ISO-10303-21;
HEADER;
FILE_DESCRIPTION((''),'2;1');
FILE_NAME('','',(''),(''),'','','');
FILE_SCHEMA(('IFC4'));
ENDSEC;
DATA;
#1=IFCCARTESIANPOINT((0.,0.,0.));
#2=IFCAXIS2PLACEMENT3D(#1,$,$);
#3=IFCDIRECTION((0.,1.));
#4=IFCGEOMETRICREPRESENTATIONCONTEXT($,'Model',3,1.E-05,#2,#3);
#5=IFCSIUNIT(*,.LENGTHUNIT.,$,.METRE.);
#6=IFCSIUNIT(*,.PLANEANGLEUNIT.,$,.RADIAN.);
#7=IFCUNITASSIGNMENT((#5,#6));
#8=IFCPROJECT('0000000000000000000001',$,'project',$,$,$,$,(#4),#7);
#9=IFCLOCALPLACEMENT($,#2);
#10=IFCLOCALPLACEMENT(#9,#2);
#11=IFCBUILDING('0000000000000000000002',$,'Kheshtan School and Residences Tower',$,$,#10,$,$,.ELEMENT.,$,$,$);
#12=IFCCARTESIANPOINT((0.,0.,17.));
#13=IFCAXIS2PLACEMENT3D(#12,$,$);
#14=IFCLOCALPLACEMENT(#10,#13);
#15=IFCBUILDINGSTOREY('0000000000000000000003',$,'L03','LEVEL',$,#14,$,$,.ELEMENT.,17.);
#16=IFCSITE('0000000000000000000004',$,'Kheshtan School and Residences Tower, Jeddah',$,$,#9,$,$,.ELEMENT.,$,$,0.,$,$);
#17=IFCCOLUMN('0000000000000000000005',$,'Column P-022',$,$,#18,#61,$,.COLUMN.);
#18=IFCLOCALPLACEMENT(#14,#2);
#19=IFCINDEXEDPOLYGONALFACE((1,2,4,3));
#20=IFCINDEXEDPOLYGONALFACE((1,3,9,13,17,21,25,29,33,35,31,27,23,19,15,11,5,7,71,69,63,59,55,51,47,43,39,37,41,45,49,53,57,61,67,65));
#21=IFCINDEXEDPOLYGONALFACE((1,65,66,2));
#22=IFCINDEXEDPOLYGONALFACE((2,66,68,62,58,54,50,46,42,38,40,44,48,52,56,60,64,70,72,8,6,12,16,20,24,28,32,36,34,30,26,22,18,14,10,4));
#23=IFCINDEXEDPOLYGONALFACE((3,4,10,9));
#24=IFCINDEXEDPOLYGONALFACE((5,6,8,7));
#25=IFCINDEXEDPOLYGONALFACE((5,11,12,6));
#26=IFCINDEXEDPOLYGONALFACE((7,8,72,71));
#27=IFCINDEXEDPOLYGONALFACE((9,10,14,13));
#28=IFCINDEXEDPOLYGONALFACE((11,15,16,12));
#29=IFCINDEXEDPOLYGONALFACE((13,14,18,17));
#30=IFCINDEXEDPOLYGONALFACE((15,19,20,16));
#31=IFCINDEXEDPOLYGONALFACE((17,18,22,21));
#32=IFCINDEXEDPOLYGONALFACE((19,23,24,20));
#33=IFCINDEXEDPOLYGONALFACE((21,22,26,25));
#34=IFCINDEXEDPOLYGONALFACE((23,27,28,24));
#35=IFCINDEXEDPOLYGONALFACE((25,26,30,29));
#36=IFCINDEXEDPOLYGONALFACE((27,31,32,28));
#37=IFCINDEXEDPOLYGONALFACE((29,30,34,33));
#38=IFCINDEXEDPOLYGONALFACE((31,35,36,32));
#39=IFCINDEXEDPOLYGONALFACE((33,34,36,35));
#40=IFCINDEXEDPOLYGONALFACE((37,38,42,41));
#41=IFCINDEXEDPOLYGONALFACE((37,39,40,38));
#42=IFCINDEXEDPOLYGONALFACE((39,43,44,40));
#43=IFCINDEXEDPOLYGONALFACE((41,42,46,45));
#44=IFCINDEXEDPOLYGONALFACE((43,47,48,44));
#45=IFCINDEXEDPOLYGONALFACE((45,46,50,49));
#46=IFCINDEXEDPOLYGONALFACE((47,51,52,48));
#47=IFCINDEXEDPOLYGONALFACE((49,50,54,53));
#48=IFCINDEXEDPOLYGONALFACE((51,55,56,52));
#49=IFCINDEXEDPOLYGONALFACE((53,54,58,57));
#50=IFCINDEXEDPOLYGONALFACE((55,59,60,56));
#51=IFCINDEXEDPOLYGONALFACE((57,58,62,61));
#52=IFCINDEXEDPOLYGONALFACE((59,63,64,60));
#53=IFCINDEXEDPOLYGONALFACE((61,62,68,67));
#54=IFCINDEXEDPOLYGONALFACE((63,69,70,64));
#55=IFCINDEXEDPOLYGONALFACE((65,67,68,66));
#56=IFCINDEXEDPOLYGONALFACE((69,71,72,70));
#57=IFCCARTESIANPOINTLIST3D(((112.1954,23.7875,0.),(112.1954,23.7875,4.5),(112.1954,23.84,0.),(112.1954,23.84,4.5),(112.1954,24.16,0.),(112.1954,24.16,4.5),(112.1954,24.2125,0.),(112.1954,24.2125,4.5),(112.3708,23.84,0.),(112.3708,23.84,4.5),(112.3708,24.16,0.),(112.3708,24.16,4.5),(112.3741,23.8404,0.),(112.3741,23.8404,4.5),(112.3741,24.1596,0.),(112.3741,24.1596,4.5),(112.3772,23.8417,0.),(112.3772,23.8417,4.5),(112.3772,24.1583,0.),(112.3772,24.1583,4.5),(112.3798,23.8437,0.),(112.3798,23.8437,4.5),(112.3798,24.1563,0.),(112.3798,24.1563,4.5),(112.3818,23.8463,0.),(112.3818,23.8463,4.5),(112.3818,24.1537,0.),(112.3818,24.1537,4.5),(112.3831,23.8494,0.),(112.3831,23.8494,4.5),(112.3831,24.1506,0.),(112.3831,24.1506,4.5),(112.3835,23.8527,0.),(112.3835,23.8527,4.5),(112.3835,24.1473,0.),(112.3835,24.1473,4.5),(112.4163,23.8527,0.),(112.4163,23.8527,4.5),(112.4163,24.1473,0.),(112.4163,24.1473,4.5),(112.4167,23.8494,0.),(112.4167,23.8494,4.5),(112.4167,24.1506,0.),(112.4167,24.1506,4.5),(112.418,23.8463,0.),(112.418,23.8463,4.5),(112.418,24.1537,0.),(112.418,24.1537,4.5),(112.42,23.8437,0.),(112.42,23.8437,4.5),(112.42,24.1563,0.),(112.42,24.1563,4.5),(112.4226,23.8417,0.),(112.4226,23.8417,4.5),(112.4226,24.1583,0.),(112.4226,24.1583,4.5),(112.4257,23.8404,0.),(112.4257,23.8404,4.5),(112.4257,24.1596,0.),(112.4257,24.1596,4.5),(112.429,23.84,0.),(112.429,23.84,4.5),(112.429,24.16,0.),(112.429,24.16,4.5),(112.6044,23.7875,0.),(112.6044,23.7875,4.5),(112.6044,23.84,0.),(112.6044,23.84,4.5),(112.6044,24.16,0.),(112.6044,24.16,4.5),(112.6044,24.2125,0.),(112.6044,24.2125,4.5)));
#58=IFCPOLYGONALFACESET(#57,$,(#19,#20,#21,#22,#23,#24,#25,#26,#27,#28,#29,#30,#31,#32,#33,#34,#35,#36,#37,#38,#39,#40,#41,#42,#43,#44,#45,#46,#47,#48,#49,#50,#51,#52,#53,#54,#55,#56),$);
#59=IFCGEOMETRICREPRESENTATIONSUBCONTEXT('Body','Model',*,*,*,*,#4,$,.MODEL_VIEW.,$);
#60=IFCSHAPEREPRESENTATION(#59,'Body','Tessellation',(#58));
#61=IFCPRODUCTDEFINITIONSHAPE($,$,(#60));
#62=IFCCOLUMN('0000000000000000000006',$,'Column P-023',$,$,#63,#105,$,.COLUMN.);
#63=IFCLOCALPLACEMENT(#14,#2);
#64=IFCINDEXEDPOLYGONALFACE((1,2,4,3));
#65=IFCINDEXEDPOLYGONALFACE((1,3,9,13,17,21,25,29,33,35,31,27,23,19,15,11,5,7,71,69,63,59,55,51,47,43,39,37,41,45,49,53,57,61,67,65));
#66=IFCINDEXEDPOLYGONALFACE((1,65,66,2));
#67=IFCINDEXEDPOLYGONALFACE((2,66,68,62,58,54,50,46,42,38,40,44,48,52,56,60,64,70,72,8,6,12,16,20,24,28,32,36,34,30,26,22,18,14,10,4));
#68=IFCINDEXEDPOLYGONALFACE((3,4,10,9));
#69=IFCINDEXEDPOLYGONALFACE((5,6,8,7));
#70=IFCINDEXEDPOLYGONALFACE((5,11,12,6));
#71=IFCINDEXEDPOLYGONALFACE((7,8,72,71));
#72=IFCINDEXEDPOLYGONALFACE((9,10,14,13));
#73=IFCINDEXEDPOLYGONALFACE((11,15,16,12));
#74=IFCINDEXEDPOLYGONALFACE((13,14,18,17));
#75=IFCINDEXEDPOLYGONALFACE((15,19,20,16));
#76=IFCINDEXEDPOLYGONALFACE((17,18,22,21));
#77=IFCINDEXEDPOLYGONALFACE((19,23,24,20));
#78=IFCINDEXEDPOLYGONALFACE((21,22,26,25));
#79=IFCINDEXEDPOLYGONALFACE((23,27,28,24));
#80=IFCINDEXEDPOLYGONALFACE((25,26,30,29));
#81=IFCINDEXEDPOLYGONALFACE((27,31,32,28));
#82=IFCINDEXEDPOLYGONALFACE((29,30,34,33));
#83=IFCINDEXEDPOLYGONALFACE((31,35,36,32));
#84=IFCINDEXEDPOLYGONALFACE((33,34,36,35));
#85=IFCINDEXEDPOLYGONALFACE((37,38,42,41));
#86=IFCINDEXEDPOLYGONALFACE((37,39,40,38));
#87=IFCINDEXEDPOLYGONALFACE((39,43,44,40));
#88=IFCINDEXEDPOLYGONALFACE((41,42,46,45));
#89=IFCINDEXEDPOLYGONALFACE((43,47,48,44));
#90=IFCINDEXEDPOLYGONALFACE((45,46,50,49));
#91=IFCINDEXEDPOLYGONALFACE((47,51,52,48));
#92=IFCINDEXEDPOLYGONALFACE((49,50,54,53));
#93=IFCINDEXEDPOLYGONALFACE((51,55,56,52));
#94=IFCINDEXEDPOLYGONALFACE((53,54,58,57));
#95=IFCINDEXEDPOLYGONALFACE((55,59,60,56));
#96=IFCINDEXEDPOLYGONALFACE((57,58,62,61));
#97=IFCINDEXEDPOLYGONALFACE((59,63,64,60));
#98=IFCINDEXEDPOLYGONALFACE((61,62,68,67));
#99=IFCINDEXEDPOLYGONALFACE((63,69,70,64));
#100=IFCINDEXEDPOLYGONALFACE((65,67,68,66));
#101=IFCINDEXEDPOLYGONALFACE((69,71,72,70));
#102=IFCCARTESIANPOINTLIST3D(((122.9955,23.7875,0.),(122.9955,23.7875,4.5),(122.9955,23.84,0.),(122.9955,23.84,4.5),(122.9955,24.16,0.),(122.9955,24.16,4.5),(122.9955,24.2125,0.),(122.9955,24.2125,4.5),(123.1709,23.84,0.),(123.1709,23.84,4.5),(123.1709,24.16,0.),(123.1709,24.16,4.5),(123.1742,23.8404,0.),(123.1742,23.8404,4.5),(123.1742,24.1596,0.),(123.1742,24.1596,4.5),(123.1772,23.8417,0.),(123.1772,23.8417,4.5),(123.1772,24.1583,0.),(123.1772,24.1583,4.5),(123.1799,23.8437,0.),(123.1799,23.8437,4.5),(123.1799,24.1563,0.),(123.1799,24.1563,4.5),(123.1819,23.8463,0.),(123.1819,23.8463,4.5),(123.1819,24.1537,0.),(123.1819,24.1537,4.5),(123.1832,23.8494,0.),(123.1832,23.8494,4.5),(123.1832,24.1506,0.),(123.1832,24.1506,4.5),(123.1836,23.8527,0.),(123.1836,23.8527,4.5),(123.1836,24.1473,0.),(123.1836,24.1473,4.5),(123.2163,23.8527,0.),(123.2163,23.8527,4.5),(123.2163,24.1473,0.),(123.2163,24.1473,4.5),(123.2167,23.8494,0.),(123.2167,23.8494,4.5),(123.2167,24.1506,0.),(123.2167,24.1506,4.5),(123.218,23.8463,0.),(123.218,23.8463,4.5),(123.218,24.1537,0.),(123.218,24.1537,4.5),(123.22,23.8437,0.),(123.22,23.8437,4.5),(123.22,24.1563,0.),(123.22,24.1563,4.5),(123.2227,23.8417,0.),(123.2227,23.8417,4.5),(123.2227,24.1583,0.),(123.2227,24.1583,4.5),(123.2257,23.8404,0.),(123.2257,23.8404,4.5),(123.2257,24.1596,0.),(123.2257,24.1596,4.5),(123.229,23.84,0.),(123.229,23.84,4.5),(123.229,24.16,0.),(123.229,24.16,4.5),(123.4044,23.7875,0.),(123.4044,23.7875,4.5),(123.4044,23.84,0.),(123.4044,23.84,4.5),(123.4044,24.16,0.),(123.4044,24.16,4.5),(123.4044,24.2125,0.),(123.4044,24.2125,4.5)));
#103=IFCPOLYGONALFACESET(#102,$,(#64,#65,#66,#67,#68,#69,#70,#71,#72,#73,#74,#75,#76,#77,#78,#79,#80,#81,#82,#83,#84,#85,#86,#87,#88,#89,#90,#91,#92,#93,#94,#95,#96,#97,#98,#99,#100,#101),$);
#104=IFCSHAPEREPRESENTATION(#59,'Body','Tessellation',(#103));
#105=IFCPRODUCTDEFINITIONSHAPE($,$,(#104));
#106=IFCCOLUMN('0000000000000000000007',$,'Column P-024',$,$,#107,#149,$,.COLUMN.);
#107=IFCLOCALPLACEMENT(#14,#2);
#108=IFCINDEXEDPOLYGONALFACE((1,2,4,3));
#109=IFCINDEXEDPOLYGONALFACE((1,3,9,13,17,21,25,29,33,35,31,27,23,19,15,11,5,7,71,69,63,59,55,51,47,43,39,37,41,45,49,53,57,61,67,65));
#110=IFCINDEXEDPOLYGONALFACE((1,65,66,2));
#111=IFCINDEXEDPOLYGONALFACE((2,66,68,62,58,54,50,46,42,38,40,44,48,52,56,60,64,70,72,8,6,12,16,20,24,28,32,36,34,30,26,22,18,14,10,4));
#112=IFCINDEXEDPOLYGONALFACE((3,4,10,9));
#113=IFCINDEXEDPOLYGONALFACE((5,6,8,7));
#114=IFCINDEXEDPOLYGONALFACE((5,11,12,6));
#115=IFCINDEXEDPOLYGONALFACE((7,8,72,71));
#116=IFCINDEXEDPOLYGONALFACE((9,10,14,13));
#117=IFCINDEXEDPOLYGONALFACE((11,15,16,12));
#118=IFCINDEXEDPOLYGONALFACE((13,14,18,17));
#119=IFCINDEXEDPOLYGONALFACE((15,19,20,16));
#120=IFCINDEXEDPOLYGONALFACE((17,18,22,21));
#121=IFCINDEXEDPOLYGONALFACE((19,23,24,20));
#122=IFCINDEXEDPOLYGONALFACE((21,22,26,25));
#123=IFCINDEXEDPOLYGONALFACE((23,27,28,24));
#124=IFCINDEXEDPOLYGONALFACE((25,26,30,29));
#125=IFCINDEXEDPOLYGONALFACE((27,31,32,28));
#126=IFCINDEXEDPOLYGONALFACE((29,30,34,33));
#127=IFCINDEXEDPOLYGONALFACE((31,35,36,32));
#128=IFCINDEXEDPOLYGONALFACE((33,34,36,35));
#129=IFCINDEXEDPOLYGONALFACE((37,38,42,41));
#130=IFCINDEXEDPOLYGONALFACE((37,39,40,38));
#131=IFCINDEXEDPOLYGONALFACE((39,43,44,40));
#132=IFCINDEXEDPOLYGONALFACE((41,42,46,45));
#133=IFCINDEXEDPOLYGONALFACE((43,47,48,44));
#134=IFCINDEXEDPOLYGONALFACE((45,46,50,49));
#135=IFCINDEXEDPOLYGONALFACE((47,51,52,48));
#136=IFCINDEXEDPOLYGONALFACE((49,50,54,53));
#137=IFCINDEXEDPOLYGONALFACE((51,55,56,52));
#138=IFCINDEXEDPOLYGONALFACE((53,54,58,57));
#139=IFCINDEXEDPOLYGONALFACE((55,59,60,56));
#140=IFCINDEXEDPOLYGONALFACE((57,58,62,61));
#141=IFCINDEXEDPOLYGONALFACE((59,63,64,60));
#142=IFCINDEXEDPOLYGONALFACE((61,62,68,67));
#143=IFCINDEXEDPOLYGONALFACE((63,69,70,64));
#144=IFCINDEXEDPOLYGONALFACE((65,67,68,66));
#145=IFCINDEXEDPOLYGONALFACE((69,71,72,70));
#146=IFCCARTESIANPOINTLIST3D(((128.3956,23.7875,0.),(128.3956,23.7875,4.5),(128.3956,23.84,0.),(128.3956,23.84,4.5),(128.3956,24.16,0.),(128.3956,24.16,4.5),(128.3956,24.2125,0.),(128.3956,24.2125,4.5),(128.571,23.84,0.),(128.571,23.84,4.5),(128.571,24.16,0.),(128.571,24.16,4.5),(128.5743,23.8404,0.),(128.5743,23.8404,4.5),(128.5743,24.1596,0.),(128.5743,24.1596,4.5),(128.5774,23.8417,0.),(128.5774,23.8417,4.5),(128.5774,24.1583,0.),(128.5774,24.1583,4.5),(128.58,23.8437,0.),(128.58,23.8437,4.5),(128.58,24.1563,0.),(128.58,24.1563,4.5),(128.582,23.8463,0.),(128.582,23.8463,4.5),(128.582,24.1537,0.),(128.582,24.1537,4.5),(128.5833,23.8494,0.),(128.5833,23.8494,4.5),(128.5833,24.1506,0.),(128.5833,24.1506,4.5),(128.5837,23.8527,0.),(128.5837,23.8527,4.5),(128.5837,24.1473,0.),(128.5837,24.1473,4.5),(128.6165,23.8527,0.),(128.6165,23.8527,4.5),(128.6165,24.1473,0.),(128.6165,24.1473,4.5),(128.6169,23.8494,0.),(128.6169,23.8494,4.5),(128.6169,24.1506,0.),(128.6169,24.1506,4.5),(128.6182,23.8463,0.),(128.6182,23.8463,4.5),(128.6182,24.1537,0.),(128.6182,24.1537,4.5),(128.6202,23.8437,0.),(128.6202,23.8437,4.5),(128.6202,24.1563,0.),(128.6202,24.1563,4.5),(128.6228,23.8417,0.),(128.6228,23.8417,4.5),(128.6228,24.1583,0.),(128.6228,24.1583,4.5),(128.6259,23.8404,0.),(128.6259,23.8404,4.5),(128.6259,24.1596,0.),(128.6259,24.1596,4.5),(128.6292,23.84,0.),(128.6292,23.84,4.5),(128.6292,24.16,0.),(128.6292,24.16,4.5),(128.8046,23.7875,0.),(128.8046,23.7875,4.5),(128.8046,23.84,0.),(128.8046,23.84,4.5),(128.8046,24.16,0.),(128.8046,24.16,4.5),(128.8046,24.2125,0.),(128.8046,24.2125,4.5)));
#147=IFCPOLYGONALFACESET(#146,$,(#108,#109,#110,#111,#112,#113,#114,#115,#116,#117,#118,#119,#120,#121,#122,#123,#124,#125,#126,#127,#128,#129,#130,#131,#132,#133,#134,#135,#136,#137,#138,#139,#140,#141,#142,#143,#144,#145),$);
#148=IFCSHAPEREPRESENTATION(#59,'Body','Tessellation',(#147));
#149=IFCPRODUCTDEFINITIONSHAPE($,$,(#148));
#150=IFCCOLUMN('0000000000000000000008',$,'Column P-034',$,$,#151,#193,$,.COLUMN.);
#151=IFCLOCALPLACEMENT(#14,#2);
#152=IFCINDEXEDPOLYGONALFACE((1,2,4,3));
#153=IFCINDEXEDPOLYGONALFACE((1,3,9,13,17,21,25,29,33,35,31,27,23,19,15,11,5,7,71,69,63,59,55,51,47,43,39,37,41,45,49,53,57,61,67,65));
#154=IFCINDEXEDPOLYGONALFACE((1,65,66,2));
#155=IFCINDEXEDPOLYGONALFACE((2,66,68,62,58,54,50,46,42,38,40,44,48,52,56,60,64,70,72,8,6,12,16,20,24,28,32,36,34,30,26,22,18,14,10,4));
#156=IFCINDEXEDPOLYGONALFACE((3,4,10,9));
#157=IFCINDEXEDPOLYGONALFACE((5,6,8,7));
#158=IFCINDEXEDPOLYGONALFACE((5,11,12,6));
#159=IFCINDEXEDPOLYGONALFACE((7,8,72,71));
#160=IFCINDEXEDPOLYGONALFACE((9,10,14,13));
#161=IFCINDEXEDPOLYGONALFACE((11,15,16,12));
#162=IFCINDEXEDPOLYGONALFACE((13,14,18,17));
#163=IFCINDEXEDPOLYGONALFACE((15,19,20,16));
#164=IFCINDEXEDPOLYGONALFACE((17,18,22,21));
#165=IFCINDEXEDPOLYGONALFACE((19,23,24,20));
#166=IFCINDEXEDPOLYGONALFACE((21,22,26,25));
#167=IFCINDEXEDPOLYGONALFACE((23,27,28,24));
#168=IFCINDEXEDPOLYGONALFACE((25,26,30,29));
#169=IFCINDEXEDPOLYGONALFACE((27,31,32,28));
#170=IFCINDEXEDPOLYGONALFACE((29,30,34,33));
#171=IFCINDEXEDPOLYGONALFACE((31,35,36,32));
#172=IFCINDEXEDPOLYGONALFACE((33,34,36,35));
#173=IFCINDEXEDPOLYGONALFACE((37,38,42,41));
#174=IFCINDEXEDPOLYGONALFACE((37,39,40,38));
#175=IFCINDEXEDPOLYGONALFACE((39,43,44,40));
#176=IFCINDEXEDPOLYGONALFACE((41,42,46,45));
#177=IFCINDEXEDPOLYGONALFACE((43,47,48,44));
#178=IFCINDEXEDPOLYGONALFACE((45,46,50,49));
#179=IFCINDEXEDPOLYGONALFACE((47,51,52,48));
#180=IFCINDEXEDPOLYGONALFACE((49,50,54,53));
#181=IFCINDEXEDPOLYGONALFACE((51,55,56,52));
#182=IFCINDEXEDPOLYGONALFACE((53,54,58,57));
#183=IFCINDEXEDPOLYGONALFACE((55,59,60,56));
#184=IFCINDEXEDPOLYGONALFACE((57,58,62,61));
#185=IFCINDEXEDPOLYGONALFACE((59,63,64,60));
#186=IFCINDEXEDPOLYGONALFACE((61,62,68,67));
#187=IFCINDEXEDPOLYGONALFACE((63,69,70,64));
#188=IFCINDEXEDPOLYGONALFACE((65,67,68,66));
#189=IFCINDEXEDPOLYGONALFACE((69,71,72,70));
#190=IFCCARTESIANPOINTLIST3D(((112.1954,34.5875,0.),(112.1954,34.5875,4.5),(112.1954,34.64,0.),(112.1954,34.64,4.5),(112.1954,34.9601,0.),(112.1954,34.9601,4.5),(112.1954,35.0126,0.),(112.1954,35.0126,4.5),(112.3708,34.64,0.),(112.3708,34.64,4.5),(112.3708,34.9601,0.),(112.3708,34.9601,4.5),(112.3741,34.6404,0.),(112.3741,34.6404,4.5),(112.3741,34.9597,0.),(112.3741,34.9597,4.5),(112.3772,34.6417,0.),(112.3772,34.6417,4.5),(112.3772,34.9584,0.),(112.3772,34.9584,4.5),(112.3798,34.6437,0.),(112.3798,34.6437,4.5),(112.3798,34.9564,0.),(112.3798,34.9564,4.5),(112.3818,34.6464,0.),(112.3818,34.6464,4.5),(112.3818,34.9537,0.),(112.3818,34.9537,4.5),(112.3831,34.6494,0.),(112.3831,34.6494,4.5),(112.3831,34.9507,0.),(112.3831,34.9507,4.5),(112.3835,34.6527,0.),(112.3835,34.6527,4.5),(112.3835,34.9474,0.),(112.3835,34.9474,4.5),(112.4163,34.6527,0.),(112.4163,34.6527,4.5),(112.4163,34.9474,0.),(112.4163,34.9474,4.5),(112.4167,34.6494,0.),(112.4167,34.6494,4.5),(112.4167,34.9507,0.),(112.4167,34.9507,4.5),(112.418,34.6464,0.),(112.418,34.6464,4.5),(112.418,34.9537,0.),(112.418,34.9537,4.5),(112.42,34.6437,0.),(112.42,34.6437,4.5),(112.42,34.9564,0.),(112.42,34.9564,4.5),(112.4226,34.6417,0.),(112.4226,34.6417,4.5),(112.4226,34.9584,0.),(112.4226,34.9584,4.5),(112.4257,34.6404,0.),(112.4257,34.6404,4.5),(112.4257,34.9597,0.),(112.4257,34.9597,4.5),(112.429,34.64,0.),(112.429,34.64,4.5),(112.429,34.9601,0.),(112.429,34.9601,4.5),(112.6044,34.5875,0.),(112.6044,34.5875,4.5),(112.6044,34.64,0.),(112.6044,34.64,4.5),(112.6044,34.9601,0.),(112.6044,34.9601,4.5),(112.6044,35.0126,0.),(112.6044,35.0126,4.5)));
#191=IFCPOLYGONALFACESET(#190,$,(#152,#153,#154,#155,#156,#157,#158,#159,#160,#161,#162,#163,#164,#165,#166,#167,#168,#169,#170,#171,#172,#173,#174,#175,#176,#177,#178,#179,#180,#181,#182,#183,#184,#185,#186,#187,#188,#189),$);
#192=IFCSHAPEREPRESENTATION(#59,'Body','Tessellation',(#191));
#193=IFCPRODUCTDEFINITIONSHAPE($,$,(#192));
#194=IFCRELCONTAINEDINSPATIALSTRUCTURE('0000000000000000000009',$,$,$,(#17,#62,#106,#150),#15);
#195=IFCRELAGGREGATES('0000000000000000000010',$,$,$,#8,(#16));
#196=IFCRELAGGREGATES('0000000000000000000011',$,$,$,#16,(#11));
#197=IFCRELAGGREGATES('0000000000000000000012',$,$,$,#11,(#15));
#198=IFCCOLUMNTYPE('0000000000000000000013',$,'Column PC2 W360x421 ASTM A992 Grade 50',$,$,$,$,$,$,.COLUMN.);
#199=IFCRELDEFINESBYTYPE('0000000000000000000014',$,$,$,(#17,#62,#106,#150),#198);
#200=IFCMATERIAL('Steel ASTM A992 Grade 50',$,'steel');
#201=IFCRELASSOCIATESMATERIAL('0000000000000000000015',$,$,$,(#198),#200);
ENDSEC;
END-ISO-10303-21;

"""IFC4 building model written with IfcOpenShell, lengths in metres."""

from ifc_helpers import new_model, si_unit, direction, frame, origin, origin_2d, place, context, subcontext, project, spatial, i_section, extrude, material, material_profile, profile_set, type_object, element, save


model = new_model("IFC4")

# Units and contexts
model_context = context("Model", 3, precision=1e-05, world=origin(), true_north=direction((0.0, 1.0)))
body_context = subcontext(model_context, "Body", "Model", "MODEL_VIEW")
ifc_project = project(units=[si_unit("LENGTHUNIT", "METRE"), si_unit("PLANEANGLEUNIT", "RADIAN")], contexts=[model_context])

# Site, building, storey
site_placement = place(None, origin())
site = spatial("IfcSite", under=ifc_project, at=site_placement, Name="Kheshtan School and Residences Tower, Jeddah", CompositionType="ELEMENT", RefElevation=0.0)
building_placement = place(site_placement, origin())
building = spatial("IfcBuilding", under=site, at=building_placement, Name="Kheshtan School and Residences Tower", CompositionType="ELEMENT")
storey_placement = place(building_placement, frame((0.0, 0.0, 17.0)))
storey = spatial("IfcBuildingStorey", under=building, at=storey_placement, Name="L03", Description="LEVEL", CompositionType="ELEMENT", Elevation=17.0)

# Columns
ifc_material_1 = material(Name="Steel ASTM A992 Grade 50", Category="steel")
ifc_material_profile = material_profile(ifc_material_1, i_section(OverallWidth=0.4089, OverallDepth=0.425, WebThickness=0.0327, FlangeThickness=0.0525, FilletRadius=0.0127, at=origin_2d()), Name="W360x421")
ifc_profile_set = profile_set([ifc_material_profile], Name="Steel ASTM A992 Grade 50")
column_type = type_object("IfcColumnType", Name="Column PC2 W360x421 ASTM A992 Grade 50", PredefinedType="COLUMN", material=ifc_profile_set)
for number, where, z_axis, x_axis, name in (
    (1, (112.3999, 24.0, 0.0), (0.0, 0.0, 1.0), (1.0, 0.0, 0.0), "Column P-022"),
    (2, (123.2, 24.0, 0.0), (0.0, 0.0, 1.0), (1.0, 0.0, 0.0), "Column P-023"),
    (3, (128.6001, 24.0, 0.0), (0.0, 0.0, 1.0), (1.0, 0.0, 0.0), "Column P-024"),
    (4, (112.3999, 34.8, 0.0), (0.0, 0.0, 1.0), (1.0, 0.0, 0.0), "Column P-034"),
):
    element("IfcColumn", number, at=place(storey_placement, frame(where, z_axis=z_axis, x_axis=x_axis)), inside=storey, type_object=column_type, Name=name, PredefinedType="COLUMN", context=body_context, shape_type="SweptSolid", body=[
        extrude(i_section(OverallWidth=0.4089, OverallDepth=0.425, WebThickness=0.0327, FlangeThickness=0.0525, FilletRadius=0.0127, at=origin_2d()), origin(), (0.0, 0.0, 1.0), 4.5),
    ])

save(model, "model.ifc")
